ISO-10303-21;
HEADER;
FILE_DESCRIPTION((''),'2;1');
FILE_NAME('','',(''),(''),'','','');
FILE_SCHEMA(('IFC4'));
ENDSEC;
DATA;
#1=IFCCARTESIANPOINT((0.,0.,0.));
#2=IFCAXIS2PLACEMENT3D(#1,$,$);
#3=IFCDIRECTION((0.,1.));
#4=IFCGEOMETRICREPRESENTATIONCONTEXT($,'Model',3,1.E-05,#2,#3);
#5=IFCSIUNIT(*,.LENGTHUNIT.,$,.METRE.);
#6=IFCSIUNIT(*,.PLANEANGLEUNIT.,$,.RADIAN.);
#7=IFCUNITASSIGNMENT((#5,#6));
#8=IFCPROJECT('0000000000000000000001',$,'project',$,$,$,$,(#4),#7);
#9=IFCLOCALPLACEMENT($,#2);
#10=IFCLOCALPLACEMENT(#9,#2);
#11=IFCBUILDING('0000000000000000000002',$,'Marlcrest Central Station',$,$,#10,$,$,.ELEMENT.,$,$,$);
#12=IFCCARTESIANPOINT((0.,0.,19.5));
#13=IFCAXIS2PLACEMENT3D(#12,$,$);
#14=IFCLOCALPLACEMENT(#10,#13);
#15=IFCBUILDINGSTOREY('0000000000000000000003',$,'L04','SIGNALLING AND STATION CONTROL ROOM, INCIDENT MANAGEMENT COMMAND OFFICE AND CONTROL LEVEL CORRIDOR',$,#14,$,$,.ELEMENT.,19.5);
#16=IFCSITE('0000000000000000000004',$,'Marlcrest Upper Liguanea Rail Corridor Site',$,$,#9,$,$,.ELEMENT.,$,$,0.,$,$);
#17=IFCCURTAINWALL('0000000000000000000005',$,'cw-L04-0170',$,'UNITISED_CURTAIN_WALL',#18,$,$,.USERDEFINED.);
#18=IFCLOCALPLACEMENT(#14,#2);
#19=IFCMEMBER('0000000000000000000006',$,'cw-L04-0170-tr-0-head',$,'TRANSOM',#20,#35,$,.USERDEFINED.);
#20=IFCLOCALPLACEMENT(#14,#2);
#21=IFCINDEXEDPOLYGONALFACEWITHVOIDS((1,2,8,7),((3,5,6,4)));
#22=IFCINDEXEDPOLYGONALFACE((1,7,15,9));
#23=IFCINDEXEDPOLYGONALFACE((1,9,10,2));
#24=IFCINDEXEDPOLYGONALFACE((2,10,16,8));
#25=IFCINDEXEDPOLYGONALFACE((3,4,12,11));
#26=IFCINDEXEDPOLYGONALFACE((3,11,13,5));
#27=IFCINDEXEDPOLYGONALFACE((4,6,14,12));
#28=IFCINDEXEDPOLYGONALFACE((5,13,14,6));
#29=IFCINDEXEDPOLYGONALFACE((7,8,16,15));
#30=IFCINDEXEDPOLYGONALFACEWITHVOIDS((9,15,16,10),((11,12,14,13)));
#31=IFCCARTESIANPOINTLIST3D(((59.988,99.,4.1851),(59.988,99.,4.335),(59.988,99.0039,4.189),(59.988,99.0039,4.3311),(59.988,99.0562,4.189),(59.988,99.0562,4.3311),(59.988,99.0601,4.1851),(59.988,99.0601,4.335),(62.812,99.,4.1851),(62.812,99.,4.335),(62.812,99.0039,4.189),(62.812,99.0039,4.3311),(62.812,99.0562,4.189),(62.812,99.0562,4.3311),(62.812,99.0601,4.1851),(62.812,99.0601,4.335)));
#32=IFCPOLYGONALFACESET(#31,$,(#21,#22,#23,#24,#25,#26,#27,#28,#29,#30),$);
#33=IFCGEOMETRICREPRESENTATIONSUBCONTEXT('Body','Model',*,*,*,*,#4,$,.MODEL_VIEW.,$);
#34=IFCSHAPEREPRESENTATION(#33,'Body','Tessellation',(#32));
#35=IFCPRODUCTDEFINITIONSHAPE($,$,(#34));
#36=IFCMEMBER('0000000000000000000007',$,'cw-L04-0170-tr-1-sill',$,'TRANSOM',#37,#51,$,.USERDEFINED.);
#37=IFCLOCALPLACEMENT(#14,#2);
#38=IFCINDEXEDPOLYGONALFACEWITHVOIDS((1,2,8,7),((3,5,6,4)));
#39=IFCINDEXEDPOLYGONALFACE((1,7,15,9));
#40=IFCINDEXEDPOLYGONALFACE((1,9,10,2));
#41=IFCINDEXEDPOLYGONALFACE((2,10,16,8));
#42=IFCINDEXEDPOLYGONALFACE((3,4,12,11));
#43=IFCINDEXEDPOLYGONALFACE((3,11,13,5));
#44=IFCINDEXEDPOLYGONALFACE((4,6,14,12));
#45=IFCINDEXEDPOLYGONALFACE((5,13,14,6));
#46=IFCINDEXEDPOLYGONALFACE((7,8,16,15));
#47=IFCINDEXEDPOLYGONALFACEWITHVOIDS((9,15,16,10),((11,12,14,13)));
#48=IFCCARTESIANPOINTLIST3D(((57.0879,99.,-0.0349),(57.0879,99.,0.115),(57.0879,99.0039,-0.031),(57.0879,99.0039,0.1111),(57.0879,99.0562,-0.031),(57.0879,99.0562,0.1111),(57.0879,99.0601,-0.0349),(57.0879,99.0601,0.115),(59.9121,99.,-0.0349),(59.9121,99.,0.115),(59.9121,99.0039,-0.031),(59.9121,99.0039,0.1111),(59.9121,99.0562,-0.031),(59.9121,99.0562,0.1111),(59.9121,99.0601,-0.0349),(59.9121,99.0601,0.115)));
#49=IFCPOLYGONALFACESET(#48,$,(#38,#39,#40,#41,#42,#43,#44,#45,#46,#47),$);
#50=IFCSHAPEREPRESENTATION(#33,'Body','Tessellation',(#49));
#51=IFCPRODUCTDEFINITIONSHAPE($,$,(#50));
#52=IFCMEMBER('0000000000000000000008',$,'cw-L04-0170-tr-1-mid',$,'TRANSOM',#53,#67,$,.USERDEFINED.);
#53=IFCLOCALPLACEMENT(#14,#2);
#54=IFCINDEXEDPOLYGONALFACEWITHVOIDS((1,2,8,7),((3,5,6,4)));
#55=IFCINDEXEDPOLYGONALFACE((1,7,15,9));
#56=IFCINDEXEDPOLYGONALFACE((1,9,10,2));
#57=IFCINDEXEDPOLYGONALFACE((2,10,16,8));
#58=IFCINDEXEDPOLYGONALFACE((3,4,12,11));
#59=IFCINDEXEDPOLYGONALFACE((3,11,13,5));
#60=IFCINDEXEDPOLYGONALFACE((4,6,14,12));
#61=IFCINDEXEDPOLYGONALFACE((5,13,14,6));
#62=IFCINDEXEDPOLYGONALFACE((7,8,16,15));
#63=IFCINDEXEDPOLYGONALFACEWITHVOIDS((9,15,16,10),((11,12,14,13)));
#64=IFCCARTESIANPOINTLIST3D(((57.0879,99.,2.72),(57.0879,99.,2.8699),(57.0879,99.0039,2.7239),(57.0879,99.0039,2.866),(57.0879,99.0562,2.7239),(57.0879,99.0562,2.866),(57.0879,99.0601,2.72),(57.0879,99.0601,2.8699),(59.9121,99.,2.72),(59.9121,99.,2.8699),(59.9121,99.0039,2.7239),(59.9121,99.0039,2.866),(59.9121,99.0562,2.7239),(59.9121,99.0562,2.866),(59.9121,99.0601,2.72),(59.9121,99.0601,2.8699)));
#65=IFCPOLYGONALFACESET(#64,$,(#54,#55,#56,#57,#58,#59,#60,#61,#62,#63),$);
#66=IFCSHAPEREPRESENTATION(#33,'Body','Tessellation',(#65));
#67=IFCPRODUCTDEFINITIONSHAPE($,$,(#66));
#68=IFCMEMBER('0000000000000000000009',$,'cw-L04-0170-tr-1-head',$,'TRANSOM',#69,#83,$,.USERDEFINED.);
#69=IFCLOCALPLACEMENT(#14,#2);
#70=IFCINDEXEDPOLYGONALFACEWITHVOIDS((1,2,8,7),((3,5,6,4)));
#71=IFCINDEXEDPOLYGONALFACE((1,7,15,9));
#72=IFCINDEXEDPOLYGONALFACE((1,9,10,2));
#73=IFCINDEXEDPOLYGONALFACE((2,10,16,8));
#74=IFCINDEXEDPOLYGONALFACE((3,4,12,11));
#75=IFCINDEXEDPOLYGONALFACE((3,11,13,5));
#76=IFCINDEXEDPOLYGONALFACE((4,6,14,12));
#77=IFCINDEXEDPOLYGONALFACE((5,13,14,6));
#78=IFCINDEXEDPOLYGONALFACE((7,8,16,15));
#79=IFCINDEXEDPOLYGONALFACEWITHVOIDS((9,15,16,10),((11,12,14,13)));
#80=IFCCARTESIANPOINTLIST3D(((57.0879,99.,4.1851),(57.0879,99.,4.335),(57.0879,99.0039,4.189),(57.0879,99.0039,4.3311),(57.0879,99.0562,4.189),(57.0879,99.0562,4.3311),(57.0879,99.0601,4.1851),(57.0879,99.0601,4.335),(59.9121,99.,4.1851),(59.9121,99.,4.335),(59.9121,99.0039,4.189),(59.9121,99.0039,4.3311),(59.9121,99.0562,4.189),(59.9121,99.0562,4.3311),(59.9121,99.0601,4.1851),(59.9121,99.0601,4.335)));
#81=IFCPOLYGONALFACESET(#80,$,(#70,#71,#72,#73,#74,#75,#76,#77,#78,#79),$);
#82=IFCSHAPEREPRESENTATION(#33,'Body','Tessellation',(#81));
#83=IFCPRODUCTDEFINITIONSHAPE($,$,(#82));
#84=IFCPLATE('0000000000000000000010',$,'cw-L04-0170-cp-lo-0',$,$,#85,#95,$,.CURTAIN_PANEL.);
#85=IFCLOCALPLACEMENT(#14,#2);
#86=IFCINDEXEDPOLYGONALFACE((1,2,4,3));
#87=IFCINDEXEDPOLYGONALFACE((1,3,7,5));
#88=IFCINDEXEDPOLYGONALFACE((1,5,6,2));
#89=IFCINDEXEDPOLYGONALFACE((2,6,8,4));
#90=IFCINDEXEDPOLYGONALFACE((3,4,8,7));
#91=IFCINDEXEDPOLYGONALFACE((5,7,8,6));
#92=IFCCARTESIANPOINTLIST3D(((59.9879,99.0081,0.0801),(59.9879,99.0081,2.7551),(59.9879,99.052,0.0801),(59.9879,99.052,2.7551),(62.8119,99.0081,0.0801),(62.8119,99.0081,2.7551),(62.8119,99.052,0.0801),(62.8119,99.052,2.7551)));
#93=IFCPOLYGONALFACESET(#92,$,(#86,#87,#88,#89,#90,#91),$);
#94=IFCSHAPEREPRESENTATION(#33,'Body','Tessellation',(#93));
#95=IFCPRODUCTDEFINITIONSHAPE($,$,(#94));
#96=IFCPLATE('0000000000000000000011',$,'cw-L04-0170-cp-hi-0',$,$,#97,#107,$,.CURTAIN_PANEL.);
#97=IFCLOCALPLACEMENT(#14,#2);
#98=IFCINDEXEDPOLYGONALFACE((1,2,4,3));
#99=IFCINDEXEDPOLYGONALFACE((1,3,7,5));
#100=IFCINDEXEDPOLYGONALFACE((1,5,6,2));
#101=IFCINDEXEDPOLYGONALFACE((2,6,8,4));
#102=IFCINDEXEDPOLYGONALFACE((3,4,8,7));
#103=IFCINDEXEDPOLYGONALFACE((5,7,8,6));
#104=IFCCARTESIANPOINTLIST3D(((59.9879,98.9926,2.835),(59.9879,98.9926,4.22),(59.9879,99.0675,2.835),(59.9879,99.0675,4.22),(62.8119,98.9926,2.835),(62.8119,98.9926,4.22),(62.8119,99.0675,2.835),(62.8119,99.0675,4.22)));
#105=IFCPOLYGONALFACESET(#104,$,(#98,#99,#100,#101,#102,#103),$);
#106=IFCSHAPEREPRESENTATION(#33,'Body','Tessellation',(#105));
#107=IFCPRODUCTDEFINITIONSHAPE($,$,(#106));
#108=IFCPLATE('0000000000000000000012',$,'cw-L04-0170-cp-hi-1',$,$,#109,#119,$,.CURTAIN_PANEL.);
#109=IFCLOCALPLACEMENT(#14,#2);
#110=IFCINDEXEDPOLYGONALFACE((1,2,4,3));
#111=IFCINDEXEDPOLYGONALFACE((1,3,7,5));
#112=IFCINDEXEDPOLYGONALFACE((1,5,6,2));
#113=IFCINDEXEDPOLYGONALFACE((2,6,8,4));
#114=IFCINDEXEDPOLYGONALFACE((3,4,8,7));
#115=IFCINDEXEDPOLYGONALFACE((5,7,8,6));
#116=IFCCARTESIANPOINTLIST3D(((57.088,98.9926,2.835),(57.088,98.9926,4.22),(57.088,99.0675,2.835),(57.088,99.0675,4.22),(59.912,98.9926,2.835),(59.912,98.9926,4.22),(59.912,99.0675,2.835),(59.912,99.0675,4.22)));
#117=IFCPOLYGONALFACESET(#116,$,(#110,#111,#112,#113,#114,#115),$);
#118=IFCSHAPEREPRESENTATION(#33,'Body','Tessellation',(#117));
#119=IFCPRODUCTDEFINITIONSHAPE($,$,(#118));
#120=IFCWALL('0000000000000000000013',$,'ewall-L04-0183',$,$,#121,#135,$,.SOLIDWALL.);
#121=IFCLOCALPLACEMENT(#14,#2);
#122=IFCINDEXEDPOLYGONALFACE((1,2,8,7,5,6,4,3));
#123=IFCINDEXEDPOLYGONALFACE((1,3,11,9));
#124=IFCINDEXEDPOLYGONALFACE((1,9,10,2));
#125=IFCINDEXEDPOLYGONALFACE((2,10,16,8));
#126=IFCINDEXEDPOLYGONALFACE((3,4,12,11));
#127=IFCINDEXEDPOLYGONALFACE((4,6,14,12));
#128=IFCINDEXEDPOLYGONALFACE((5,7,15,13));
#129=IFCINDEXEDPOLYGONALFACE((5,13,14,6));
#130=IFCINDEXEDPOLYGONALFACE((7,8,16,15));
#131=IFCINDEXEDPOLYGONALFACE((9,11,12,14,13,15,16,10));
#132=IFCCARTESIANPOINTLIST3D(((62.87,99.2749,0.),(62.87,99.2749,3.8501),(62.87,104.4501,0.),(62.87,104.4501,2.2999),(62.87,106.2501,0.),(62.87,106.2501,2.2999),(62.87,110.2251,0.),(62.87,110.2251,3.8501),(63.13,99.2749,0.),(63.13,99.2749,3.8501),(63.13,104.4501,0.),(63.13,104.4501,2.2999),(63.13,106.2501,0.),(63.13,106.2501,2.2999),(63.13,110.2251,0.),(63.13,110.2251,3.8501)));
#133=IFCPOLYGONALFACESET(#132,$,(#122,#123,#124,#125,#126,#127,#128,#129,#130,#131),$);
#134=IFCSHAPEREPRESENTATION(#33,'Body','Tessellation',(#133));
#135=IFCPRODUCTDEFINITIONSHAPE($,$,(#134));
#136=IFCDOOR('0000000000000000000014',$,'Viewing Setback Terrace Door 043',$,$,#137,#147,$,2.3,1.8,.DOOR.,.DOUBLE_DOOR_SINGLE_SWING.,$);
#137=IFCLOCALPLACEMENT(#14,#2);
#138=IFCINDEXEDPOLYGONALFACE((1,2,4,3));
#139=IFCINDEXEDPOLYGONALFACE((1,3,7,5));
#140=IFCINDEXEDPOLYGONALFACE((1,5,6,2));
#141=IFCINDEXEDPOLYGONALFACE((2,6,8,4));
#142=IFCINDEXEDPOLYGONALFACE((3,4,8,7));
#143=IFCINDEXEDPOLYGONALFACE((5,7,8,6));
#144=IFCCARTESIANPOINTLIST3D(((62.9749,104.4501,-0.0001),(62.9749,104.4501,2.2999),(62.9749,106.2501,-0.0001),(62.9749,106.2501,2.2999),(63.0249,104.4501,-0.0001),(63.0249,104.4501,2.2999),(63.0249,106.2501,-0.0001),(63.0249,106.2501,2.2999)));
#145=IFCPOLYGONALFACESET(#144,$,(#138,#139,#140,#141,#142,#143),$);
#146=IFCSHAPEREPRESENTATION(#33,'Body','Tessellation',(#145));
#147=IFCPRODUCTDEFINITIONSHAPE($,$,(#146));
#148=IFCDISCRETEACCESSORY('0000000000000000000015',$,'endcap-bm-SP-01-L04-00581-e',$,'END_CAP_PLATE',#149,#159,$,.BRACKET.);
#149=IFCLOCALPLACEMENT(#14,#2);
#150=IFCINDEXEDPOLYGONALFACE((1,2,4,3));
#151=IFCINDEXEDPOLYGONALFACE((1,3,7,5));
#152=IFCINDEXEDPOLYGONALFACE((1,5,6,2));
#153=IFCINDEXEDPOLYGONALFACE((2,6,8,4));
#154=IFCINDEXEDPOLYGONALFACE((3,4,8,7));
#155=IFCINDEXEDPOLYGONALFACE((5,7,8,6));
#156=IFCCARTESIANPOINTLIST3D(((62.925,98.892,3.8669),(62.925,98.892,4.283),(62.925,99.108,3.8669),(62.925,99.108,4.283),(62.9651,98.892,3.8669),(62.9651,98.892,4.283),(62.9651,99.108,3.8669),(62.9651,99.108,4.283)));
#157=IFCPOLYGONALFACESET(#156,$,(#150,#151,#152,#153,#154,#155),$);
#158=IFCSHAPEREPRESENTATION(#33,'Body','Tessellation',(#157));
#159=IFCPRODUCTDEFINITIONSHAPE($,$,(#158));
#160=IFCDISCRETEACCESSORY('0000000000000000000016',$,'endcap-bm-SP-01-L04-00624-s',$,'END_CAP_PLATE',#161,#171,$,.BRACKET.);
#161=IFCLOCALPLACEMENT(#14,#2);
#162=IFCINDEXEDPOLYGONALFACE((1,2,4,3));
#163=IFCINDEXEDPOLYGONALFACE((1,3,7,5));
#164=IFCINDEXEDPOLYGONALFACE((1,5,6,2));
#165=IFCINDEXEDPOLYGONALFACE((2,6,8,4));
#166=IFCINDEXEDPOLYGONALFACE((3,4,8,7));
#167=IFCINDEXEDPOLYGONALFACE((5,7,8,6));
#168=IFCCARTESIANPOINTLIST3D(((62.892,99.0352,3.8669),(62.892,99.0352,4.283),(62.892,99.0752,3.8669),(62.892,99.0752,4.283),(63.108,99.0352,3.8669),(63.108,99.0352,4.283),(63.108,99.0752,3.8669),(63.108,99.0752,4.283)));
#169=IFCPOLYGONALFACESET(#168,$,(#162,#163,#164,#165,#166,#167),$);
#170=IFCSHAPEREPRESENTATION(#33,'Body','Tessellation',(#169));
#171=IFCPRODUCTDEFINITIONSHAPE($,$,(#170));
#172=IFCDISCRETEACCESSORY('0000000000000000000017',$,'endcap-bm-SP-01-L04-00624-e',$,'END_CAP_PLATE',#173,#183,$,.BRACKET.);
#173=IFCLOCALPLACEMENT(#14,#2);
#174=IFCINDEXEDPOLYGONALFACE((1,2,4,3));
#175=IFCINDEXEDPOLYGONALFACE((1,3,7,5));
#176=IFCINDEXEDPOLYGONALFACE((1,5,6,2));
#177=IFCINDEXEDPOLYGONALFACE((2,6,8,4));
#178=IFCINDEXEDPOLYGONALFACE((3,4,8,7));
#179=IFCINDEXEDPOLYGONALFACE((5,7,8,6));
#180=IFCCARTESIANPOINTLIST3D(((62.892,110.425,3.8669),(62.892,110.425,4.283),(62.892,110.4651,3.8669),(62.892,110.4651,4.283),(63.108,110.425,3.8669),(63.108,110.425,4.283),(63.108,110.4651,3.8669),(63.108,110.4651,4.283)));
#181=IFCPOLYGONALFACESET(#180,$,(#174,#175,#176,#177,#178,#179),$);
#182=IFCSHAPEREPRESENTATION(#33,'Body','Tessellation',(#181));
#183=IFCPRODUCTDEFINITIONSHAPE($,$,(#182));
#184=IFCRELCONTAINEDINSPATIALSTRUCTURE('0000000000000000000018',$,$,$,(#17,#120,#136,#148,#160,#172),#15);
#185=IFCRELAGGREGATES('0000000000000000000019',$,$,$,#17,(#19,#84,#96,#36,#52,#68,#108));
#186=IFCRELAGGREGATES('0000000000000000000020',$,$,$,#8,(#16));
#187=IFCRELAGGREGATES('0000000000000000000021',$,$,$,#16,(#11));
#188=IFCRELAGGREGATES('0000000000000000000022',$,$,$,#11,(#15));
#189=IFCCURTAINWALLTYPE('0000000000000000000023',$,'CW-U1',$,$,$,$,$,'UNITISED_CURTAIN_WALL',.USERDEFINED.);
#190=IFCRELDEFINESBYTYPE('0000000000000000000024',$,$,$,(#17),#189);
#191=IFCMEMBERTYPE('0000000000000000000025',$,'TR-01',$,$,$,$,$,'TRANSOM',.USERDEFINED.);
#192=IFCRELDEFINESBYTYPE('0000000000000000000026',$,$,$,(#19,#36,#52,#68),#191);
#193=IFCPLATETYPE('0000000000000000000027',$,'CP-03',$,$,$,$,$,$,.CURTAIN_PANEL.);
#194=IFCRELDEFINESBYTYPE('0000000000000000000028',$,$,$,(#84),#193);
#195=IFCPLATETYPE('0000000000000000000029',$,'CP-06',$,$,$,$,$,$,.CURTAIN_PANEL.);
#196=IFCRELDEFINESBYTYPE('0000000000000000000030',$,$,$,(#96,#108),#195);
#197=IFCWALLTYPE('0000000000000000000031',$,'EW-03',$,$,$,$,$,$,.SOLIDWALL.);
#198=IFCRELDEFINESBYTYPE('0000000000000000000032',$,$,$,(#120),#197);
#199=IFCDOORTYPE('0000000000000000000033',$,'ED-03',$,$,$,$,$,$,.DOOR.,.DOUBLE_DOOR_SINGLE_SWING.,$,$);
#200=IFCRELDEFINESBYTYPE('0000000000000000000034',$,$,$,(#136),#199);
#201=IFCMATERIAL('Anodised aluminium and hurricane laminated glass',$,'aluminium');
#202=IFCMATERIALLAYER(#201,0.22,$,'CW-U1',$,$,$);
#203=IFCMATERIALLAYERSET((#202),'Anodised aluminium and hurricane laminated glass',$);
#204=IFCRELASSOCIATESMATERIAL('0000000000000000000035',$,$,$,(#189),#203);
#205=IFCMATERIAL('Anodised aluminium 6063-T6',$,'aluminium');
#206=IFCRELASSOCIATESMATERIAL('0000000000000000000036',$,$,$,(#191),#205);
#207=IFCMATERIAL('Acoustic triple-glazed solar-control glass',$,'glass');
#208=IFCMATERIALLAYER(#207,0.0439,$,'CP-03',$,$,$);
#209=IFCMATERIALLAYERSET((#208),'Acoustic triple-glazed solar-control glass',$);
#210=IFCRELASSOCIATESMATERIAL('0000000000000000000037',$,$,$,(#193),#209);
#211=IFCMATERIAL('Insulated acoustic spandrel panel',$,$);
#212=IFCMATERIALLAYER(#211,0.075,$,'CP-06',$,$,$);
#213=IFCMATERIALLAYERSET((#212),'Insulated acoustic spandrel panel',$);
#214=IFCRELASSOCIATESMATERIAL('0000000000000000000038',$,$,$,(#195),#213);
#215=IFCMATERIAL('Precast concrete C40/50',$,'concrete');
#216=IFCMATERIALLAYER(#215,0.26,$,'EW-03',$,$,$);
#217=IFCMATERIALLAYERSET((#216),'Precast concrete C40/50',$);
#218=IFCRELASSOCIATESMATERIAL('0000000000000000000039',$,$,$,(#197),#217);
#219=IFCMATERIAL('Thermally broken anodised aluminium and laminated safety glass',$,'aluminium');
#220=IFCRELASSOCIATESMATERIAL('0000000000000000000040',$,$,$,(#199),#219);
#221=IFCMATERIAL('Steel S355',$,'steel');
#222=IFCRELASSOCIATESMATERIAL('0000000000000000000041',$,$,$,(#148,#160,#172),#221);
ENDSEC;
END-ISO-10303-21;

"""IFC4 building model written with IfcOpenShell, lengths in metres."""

from ifc_helpers import new_model, si_unit, direction, frame, frame_2d, origin, origin_2d, place, context, subcontext, project, spatial, rectangle, hollow_rectangle, extrude, material, layer, layer_set, material_profile, profile_set, type_object, element, fill, aggregate, save


model = new_model("IFC4")

# Units and contexts
model_context = context("Model", 3, precision=1e-05, world=origin(), true_north=direction((0.0, 1.0)))
body_context = subcontext(model_context, "Body", "Model", "MODEL_VIEW")
ifc_project = project(units=[si_unit("LENGTHUNIT", "METRE"), si_unit("PLANEANGLEUNIT", "RADIAN")], contexts=[model_context])

# Site, building, storey
site_placement = place(None, origin())
site = spatial("IfcSite", under=ifc_project, at=site_placement, Name="Marlcrest Upper Liguanea Rail Corridor Site", CompositionType="ELEMENT", RefElevation=0.0)
building_placement = place(site_placement, origin())
building = spatial("IfcBuilding", under=site, at=building_placement, Name="Marlcrest Central Station", CompositionType="ELEMENT")
storey_placement = place(building_placement, frame((0.0, 0.0, 19.5)))
storey = spatial("IfcBuildingStorey", under=building, at=storey_placement, Name="L04", Description="SIGNALLING AND STATION CONTROL ROOM, INCIDENT MANAGEMENT COMMAND OFFICE AND CONTROL LEVEL CORRIDOR", CompositionType="ELEMENT", Elevation=19.5)

# Shared definitions
ifc_material_1 = material(Name="Steel S355", Category="steel")

# Curtain wall
ifc_material_2 = material(Name="Anodised aluminium and hurricane laminated glass", Category="aluminium")
ifc_layer_1 = layer(ifc_material_2, 0.22, Name="CW-U1")
ifc_layer_set_1 = layer_set([ifc_layer_1], Name="Anodised aluminium and hurricane laminated glass")
curtain_wall_type = type_object("IfcCurtainWallType", Name="CW-U1", ElementType="UNITISED_CURTAIN_WALL", PredefinedType="USERDEFINED", material=ifc_layer_set_1)
curtain_wall_placement = place(storey_placement, origin())
curtain_wall = element("IfcCurtainWall", 1, at=curtain_wall_placement, inside=storey, type_object=curtain_wall_type, Name="cw-L04-0170", ObjectType="UNITISED_CURTAIN_WALL", PredefinedType="USERDEFINED")
ifc_material_3 = material(Name="Anodised aluminium 6063-T6", Category="aluminium")

# Members
ifc_material_profile_1 = material_profile(ifc_material_3, hollow_rectangle(XDim=0.0601, YDim=0.1499, WallThickness=0.0039, at=origin_2d()), Name="AA-RHS 150x60x4")
ifc_profile_set_1 = profile_set([ifc_material_profile_1], Name="Anodised aluminium 6063-T6")
member_type_1 = type_object("IfcMemberType", Name="TR-01", ElementType="TRANSOM", PredefinedType="USERDEFINED", material=ifc_profile_set_1)
member_1_placement = place(storey_placement, frame((62.812, 99.03, 4.26), z_axis=(-1.0, 0.0, 0.0), x_axis=(0.0, -1.0, 0.0)))
member_1 = element("IfcMember", 2, at=member_1_placement, type_object=member_type_1, Name="cw-L04-0170-tr-0-head", ObjectType="TRANSOM", PredefinedType="USERDEFINED", context=body_context, shape_type="SweptSolid", body=[
    extrude(hollow_rectangle(XDim=0.0601, YDim=0.1499, WallThickness=0.0039, at=origin_2d()), origin(), (0.0, 0.0, 1.0), 2.824),
])
member_2_placement = place(storey_placement, frame((59.9121, 99.03, 0.04), z_axis=(-1.0, 0.0, 0.0), x_axis=(0.0, -1.0, 0.0)))
member_2 = element("IfcMember", 3, at=member_2_placement, type_object=member_type_1, Name="cw-L04-0170-tr-1-sill", ObjectType="TRANSOM", PredefinedType="USERDEFINED", context=body_context, shape_type="SweptSolid", body=[
    extrude(hollow_rectangle(XDim=0.0601, YDim=0.1499, WallThickness=0.0039, at=origin_2d()), origin(), (0.0, 0.0, 1.0), 2.8242),
])
member_3_placement = place(storey_placement, frame((59.9121, 99.03, 2.7949), z_axis=(-1.0, 0.0, 0.0), x_axis=(0.0, -1.0, 0.0)))
member_3 = element("IfcMember", 4, at=member_3_placement, type_object=member_type_1, Name="cw-L04-0170-tr-1-mid", ObjectType="TRANSOM", PredefinedType="USERDEFINED", context=body_context, shape_type="SweptSolid", body=[
    extrude(hollow_rectangle(XDim=0.0601, YDim=0.1499, WallThickness=0.0039, at=origin_2d()), origin(), (0.0, 0.0, 1.0), 2.8242),
])
member_4_placement = place(storey_placement, frame((59.9121, 99.03, 4.26), z_axis=(-1.0, 0.0, 0.0), x_axis=(0.0, -1.0, 0.0)))
member_4 = element("IfcMember", 5, at=member_4_placement, type_object=member_type_1, Name="cw-L04-0170-tr-1-head", ObjectType="TRANSOM", PredefinedType="USERDEFINED", context=body_context, shape_type="SweptSolid", body=[
    extrude(hollow_rectangle(XDim=0.0601, YDim=0.1499, WallThickness=0.0039, at=origin_2d()), origin(), (0.0, 0.0, 1.0), 2.8242),
])

# Plates
ifc_material_4 = material(Name="Acoustic triple-glazed solar-control glass", Category="glass")
ifc_layer_2 = layer(ifc_material_4, 0.0439, Name="CP-03")
ifc_layer_set_2 = layer_set([ifc_layer_2], Name="Acoustic triple-glazed solar-control glass")
plate_type_1 = type_object("IfcPlateType", Name="CP-03", PredefinedType="CURTAIN_PANEL", material=ifc_layer_set_2)
plate_1_placement = place(storey_placement, frame((61.3999, 99.03, 0.0801), z_axis=(0.0, 0.0, 1.0), x_axis=(-1.0, 0.0, 0.0)))
plate_1 = element("IfcPlate", 6, at=plate_1_placement, type_object=plate_type_1, Name="cw-L04-0170-cp-lo-0", PredefinedType="CURTAIN_PANEL", context=body_context, shape_type="SweptSolid", body=[
    extrude(rectangle(XDim=2.824, YDim=0.0439, at=origin_2d()), origin(), (0.0, 0.0, 1.0), 2.675),
])
ifc_material_5 = material(Name="Insulated acoustic spandrel panel")
ifc_layer_3 = layer(ifc_material_5, 0.075, Name="CP-06")
ifc_layer_set_3 = layer_set([ifc_layer_3], Name="Insulated acoustic spandrel panel")
plate_type_2 = type_object("IfcPlateType", Name="CP-06", PredefinedType="CURTAIN_PANEL", material=ifc_layer_set_3)
plate_2_placement = place(storey_placement, frame((61.3999, 99.03, 2.835), z_axis=(0.0, 0.0, 1.0), x_axis=(-1.0, 0.0, 0.0)))
plate_2 = element("IfcPlate", 7, at=plate_2_placement, type_object=plate_type_2, Name="cw-L04-0170-cp-hi-0", PredefinedType="CURTAIN_PANEL", context=body_context, shape_type="SweptSolid", body=[
    extrude(rectangle(XDim=2.824, YDim=0.075, at=origin_2d()), origin(), (0.0, 0.0, 1.0), 1.385),
])
plate_3_placement = place(storey_placement, frame((58.5, 99.03, 2.835), z_axis=(0.0, 0.0, 1.0), x_axis=(-1.0, 0.0, 0.0)))
plate_3 = element("IfcPlate", 8, at=plate_3_placement, type_object=plate_type_2, Name="cw-L04-0170-cp-hi-1", PredefinedType="CURTAIN_PANEL", context=body_context, shape_type="SweptSolid", body=[
    extrude(rectangle(XDim=2.824, YDim=0.075, at=origin_2d()), origin(), (0.0, 0.0, 1.0), 1.385),
])
aggregate(curtain_wall, [member_1, plate_1, plate_2, member_2, member_3, member_4, plate_3])

# Wall, opening, door
ifc_material_6 = material(Name="Precast concrete C40/50", Category="concrete")
ifc_layer_4 = layer(ifc_material_6, 0.26, Name="EW-03")
ifc_layer_set_4 = layer_set([ifc_layer_4], Name="Precast concrete C40/50")
wall_type = type_object("IfcWallType", Name="EW-03", PredefinedType="SOLIDWALL", material=ifc_layer_set_4)
wall_placement = place(storey_placement, frame((63.0, 110.2251, 0.0), z_axis=(0.0, 0.0, 1.0), x_axis=(0.0, -1.0, 0.0)))
wall = element("IfcWall", 9, at=wall_placement, inside=storey, type_object=wall_type, Name="ewall-L04-0183", PredefinedType="SOLIDWALL", context=body_context, shape_type="SweptSolid", body=[
    extrude(rectangle(XDim=10.9502, YDim=0.26, at=frame_2d((5.4751, 0.0))), origin(), (0.0, 0.0, 1.0), 3.8501),
])
opening_placement = place(wall_placement, frame((3.9751, 0.0, 0.0)))
opening = element("IfcOpeningElement", 10, at=opening_placement, cuts=wall, PredefinedType="OPENING", context=body_context, shape_type="SweptSolid", body=[
    extrude(rectangle(XDim=1.8, YDim=2.3, at=frame_2d((0.8999, 1.1499))), frame((0.0, 0.1399, 0.0), z_axis=(0.0, -1.0, 0.0), x_axis=(1.0, 0.0, 0.0)), (0.0, 0.0, 1.0), 0.28),
])
ifc_material_7 = material(Name="Thermally broken anodised aluminium and laminated safety glass", Category="aluminium")
door_type = type_object("IfcDoorType", Name="ED-03", OperationType="DOUBLE_DOOR_SINGLE_SWING", PredefinedType="DOOR", material=ifc_material_7)
door_placement = place(opening_placement, origin())
door = element("IfcDoor", 11, at=door_placement, inside=storey, type_object=door_type, Name="Viewing Setback Terrace Door 043", OperationType="DOUBLE_DOOR_SINGLE_SWING", OverallHeight=2.3, OverallWidth=1.8, PredefinedType="DOOR", context=body_context, shape_type="SweptSolid", body=[
    extrude(rectangle(XDim=1.8, YDim=2.3, at=frame_2d((0.8999, 1.1499))), frame((0.0, 0.0249, 0.0), z_axis=(0.0, -1.0, 0.0), x_axis=(1.0, 0.0, 0.0)), (0.0, 0.0, 1.0), 0.05),
])
fill(opening, door)

# Discrete accessories
for number, where, z_axis, x_axis, name in (
    (12, (62.925, 99.0, 4.075), (1.0, 0.0, 0.0), (0.0, 1.0, 0.0), "endcap-bm-SP-01-L04-00581-e"),
    (13, (63.0, 99.0352, 4.075), (0.0, 1.0, 0.0), (-1.0, 0.0, 0.0), "endcap-bm-SP-01-L04-00624-s"),
    (14, (63.0, 110.425, 4.075), (0.0, 1.0, 0.0), (-1.0, 0.0, 0.0), "endcap-bm-SP-01-L04-00624-e"),
):
    element("IfcDiscreteAccessory", number, at=place(storey_placement, frame(where, z_axis=z_axis, x_axis=x_axis)), inside=storey, material=ifc_material_1, Name=name, ObjectType="END_CAP_PLATE", PredefinedType="BRACKET", context=body_context, shape_type="SweptSolid", body=[
        extrude(rectangle(XDim=0.2161, YDim=0.416, at=origin_2d()), origin(), (0.0, 0.0, 1.0), 0.04),
    ])

save(model, "model.ifc")
